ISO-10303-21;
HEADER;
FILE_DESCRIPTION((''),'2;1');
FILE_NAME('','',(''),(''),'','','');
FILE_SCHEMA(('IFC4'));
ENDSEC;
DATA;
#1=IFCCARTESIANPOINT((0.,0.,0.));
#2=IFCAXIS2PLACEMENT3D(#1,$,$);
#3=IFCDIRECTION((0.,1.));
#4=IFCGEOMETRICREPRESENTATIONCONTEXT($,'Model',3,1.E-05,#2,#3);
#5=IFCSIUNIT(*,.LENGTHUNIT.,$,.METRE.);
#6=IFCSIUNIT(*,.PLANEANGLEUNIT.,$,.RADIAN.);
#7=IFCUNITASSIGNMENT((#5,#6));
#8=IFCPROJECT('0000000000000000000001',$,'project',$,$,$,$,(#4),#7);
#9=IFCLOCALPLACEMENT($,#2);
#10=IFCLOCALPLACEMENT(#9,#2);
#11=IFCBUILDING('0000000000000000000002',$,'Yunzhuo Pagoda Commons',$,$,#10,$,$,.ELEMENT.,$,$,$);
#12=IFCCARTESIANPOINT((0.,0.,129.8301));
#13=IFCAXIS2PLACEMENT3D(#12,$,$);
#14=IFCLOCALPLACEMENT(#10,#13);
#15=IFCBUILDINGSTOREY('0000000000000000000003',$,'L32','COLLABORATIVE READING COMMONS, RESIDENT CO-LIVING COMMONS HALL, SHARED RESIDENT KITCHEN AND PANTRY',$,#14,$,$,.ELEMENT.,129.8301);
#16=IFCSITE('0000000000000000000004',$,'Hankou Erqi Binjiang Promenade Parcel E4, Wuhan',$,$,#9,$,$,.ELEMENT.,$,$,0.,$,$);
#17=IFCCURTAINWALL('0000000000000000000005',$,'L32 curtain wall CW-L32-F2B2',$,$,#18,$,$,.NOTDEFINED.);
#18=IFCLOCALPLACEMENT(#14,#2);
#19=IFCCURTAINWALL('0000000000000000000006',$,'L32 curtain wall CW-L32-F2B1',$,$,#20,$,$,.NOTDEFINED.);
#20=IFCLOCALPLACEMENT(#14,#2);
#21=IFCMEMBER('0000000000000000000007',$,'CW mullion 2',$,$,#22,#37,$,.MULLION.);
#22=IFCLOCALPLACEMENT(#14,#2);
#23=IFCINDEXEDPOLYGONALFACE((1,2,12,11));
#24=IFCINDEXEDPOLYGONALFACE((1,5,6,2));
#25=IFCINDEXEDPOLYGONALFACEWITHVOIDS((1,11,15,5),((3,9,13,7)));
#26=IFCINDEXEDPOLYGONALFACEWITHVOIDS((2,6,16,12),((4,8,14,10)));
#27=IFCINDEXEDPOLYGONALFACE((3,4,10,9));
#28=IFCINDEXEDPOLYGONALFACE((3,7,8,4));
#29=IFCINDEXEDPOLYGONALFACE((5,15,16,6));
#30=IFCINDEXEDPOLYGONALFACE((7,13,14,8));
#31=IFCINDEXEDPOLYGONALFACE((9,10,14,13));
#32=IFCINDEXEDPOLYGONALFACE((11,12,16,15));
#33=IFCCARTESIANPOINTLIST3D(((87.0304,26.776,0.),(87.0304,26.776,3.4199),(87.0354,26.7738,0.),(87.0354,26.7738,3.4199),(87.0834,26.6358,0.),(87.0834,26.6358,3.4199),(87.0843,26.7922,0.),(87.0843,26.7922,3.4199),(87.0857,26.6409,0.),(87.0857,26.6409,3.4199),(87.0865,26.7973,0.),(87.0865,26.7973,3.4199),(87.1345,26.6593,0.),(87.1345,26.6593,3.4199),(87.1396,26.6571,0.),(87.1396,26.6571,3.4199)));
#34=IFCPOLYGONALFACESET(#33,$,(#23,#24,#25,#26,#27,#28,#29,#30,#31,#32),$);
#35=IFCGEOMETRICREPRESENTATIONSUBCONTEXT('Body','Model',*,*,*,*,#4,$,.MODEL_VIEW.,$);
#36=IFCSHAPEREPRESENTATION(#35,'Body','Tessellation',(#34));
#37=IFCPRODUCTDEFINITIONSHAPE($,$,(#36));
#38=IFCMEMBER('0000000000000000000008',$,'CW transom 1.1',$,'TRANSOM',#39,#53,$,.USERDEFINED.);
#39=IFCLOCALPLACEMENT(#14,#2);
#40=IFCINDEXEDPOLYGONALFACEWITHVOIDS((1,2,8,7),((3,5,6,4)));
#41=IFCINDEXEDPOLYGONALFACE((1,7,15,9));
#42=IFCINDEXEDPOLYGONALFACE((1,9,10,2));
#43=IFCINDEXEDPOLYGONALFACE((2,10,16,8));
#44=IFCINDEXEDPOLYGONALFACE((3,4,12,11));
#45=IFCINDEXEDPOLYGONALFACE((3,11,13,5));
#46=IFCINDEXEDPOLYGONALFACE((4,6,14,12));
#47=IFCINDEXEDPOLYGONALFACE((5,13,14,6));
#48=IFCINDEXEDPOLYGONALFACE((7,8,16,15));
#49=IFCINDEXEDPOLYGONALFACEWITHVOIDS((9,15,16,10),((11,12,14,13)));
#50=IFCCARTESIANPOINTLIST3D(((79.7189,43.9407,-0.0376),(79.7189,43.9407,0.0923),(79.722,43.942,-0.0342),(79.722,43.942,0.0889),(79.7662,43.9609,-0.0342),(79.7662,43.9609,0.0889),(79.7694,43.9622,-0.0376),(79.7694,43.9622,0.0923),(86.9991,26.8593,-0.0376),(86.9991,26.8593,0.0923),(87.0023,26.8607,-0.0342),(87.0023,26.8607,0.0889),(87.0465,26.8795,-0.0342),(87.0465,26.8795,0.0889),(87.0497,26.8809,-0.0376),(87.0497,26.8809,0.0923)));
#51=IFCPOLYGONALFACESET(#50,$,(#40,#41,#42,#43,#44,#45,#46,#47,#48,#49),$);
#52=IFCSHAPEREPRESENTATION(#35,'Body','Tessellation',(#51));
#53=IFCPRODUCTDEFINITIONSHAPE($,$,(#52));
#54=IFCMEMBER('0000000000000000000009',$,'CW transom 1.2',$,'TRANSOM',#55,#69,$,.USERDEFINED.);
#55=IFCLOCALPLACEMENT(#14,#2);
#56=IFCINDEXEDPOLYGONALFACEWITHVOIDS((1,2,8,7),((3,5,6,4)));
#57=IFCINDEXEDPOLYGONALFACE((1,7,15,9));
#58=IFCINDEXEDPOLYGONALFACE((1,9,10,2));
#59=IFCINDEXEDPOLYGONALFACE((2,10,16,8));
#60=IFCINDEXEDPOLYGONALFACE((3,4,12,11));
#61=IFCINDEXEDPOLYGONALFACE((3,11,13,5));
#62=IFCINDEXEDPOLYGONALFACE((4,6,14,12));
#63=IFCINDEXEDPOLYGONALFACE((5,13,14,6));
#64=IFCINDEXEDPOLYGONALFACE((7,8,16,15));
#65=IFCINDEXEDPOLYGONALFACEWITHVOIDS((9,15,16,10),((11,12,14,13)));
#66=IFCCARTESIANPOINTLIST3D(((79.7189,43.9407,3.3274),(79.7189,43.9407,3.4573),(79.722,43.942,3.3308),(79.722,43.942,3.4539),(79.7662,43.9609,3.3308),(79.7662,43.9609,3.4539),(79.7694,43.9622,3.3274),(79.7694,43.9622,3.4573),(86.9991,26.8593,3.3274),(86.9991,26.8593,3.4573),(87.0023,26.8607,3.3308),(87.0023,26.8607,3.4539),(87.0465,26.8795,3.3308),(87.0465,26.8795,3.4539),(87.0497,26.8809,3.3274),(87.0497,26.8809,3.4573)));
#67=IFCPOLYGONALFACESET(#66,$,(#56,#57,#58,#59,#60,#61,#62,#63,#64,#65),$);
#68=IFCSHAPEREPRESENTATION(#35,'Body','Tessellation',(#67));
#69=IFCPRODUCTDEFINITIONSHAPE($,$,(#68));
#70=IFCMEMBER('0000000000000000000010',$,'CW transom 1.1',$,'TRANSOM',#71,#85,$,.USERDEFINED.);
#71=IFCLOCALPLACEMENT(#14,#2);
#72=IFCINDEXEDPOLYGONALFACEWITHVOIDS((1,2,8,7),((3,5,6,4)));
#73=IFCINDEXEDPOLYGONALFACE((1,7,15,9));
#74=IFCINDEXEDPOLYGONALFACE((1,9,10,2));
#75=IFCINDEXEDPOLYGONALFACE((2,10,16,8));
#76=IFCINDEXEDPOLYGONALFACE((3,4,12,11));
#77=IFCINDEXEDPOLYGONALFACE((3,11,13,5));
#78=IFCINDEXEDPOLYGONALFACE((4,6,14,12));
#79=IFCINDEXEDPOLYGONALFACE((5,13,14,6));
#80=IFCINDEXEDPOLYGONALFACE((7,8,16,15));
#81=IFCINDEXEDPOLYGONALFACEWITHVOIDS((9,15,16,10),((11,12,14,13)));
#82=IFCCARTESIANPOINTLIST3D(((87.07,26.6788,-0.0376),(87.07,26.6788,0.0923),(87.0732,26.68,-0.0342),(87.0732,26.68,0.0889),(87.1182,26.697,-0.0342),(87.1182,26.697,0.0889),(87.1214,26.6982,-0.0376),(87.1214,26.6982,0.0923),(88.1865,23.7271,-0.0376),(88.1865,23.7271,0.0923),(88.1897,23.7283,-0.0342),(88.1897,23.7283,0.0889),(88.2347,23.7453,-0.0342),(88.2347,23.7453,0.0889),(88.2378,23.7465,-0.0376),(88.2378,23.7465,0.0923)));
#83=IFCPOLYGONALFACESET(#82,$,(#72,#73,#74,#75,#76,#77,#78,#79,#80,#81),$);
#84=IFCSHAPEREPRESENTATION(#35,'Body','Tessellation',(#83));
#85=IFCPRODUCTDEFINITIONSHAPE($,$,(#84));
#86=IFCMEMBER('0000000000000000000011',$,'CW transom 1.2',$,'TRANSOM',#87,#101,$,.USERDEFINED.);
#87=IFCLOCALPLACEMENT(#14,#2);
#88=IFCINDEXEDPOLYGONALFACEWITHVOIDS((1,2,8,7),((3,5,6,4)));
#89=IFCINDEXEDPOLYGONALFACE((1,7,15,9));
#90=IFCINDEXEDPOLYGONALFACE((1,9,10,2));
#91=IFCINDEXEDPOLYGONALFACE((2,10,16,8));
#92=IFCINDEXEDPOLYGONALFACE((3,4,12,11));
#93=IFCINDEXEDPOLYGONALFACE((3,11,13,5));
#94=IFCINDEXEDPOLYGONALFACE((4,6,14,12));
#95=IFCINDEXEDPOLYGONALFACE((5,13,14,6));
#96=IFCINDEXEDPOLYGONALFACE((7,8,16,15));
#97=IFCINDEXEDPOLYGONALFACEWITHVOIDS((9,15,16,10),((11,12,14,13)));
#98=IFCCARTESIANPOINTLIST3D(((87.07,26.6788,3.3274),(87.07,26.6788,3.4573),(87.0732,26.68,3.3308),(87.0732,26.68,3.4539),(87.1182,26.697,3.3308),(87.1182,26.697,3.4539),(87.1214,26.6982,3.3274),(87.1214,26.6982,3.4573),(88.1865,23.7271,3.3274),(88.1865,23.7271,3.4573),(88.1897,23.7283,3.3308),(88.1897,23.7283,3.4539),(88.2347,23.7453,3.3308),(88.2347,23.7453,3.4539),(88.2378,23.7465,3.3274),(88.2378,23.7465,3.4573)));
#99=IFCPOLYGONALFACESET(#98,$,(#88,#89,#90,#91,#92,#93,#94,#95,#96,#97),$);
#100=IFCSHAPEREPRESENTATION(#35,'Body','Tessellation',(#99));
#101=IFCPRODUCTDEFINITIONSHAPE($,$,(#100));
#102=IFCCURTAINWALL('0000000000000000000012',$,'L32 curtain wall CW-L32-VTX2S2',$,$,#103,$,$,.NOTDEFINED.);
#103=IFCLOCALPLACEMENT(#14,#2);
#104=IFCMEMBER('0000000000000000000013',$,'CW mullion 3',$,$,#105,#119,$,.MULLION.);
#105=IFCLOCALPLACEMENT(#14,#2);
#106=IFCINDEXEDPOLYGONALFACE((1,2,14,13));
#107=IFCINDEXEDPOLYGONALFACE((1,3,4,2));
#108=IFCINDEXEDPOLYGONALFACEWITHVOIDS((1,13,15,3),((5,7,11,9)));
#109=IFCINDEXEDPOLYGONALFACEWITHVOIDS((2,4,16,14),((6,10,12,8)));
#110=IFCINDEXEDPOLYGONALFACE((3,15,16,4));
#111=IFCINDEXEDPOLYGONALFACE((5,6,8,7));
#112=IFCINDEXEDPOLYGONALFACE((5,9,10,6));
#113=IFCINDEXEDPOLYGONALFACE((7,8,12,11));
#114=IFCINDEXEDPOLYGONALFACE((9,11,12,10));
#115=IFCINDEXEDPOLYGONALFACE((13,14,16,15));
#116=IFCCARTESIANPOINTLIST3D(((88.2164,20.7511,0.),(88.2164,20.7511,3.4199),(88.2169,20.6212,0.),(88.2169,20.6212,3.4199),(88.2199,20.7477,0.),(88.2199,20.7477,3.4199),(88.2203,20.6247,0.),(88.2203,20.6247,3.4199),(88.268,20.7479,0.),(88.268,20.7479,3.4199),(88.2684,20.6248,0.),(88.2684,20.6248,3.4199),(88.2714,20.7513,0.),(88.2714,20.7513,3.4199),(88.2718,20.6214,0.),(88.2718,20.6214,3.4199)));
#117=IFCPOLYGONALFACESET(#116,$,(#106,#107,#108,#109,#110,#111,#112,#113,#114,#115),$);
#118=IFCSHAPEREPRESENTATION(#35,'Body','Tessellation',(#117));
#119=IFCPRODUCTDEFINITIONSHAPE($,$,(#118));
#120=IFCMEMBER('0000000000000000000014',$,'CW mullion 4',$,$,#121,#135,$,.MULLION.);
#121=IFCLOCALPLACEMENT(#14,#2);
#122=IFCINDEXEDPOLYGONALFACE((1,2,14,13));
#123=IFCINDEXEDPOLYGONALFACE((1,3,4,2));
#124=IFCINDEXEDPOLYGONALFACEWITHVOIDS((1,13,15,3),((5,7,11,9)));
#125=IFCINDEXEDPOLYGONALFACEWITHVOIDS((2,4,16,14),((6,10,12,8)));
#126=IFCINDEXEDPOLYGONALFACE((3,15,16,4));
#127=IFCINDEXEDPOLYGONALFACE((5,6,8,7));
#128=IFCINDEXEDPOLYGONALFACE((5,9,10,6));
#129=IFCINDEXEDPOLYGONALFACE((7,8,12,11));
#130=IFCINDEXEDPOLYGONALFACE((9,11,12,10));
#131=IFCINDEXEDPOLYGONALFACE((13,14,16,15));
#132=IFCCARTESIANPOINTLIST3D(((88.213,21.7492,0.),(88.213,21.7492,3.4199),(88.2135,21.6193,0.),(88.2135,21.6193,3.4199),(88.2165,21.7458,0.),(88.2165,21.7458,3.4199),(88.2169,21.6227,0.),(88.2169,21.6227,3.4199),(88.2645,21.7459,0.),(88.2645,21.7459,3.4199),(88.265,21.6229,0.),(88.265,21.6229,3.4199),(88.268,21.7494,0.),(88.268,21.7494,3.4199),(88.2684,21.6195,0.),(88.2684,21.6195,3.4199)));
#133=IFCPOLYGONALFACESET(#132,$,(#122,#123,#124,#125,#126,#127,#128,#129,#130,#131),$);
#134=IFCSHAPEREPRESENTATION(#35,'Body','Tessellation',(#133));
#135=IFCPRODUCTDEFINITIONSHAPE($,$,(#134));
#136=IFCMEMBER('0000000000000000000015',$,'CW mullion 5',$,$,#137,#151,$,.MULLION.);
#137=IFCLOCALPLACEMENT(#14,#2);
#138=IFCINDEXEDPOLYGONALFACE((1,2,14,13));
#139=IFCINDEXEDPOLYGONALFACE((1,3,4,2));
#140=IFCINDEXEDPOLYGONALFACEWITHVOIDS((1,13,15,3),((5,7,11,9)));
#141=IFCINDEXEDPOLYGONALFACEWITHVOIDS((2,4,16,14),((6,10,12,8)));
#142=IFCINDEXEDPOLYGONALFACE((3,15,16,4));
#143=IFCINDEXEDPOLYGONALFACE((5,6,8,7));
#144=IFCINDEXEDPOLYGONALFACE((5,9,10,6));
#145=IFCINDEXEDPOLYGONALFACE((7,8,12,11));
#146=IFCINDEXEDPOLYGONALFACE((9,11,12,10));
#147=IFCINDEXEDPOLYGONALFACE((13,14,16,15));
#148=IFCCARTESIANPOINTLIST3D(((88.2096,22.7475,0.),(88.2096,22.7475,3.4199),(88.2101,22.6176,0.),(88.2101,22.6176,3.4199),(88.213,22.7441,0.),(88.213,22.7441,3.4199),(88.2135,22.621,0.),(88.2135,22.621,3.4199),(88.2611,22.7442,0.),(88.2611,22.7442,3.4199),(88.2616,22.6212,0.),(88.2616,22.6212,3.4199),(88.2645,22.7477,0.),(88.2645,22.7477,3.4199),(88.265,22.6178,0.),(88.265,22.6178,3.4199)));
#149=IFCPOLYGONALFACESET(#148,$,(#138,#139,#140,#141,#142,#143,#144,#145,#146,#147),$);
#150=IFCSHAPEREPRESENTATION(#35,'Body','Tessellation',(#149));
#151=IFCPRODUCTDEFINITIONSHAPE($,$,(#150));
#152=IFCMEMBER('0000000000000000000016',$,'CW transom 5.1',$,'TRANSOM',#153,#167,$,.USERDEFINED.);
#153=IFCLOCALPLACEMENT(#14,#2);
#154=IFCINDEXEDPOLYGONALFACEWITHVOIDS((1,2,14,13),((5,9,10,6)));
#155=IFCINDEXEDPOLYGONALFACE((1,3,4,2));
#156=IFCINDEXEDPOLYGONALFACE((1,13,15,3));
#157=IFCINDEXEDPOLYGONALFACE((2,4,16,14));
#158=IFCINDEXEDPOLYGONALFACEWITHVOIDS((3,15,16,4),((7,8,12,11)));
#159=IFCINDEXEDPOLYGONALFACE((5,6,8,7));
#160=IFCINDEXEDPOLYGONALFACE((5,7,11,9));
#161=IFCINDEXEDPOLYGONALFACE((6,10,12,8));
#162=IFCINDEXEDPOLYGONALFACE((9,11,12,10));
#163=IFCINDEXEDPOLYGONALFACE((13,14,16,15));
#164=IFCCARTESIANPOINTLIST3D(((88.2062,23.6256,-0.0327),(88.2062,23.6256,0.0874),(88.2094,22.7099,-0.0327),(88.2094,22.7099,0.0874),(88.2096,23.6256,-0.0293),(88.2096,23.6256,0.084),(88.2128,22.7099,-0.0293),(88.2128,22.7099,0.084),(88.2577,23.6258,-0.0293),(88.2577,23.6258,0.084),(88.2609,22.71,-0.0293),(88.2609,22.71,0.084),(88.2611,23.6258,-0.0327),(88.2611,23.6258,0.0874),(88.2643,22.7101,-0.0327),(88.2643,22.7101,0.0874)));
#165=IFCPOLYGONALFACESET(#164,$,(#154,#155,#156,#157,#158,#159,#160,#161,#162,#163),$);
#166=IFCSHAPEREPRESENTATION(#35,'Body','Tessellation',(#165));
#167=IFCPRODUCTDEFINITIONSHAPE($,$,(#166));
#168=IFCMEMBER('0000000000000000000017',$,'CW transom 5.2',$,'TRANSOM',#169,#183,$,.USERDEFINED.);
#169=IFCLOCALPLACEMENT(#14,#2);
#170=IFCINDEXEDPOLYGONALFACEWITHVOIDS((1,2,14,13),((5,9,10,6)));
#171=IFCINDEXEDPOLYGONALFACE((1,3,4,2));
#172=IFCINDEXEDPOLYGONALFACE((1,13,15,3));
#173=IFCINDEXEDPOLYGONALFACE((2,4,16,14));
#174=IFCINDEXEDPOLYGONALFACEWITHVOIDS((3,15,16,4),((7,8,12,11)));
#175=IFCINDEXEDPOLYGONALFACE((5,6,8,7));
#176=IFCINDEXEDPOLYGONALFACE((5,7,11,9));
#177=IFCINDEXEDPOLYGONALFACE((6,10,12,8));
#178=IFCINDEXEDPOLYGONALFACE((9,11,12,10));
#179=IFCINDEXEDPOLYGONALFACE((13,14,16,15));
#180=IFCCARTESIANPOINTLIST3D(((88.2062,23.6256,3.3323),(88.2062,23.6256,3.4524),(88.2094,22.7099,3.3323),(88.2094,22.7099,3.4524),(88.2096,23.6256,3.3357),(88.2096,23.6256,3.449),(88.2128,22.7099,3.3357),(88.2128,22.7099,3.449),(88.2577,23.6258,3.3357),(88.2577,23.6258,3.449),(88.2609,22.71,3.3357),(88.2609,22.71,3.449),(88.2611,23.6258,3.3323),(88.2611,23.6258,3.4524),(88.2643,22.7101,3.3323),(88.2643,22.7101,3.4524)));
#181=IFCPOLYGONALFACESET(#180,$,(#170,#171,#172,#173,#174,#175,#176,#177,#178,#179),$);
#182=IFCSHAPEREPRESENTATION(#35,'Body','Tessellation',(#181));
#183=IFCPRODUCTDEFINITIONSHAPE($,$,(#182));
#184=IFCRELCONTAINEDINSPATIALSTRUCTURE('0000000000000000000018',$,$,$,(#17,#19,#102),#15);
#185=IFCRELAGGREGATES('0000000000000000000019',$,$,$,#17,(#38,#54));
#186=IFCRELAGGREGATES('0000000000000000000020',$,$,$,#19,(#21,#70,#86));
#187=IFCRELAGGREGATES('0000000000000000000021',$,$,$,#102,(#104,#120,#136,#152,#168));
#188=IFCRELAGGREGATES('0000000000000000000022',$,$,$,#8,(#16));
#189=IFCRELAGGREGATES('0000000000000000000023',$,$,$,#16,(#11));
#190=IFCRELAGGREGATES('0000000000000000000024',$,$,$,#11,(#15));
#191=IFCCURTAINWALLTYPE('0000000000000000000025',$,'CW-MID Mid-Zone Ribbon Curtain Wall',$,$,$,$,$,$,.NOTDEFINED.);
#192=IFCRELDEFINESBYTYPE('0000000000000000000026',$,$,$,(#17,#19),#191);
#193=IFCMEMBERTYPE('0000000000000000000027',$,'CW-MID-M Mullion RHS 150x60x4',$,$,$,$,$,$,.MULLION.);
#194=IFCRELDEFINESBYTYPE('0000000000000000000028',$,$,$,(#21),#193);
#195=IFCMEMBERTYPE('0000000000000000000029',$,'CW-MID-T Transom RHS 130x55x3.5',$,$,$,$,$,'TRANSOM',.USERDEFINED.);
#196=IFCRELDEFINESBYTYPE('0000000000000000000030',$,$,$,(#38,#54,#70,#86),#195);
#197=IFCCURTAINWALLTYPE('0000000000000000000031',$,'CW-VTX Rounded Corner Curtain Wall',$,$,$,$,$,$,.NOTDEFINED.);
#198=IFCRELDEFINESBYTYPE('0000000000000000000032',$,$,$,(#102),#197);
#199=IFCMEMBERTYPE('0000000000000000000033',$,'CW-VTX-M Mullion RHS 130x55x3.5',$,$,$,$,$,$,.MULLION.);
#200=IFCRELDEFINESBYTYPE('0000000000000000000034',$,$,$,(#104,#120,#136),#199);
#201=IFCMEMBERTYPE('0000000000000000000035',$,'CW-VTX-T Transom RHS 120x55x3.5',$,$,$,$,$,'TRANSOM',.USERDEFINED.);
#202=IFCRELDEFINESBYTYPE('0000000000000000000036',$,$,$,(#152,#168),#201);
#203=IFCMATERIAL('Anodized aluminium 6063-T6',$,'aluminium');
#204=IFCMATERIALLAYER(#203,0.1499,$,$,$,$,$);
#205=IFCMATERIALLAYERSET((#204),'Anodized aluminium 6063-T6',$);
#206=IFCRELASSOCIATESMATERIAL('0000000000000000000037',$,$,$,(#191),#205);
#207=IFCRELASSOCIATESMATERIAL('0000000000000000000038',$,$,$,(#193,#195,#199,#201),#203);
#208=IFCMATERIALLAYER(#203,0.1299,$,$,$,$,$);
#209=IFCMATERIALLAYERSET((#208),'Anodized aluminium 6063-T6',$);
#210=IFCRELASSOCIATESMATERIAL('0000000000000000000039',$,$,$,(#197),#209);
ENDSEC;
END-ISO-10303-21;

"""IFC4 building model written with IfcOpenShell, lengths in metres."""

from ifc_helpers import new_model, si_unit, direction, frame, origin, origin_2d, place, context, subcontext, project, spatial, hollow_rectangle, extrude, source, transform, mapped, material, layer, layer_set, material_profile, profile_set, type_object, element, aggregate, save


model = new_model("IFC4")

# Units and contexts
model_context = context("Model", 3, precision=1e-05, world=origin(), true_north=direction((0.0, 1.0)))
body_context = subcontext(model_context, "Body", "Model", "MODEL_VIEW")
ifc_project = project(units=[si_unit("LENGTHUNIT", "METRE"), si_unit("PLANEANGLEUNIT", "RADIAN")], contexts=[model_context])

# Site, building, storey
site_placement = place(None, origin())
site = spatial("IfcSite", under=ifc_project, at=site_placement, Name="Hankou Erqi Binjiang Promenade Parcel E4, Wuhan", CompositionType="ELEMENT", RefElevation=0.0)
building_placement = place(site_placement, origin())
building = spatial("IfcBuilding", under=site, at=building_placement, Name="Yunzhuo Pagoda Commons", CompositionType="ELEMENT")
storey_placement = place(building_placement, frame((0.0, 0.0, 129.8301)))
storey = spatial("IfcBuildingStorey", under=building, at=storey_placement, Name="L32", Description="COLLABORATIVE READING COMMONS, RESIDENT CO-LIVING COMMONS HALL, SHARED RESIDENT KITCHEN AND PANTRY", CompositionType="ELEMENT", Elevation=129.8301)

# Curtain wall
ifc_material_1 = material(Name="Anodized aluminium 6063-T6", Category="aluminium")
ifc_layer_1 = layer(ifc_material_1, 0.1499)
ifc_layer_set_1 = layer_set([ifc_layer_1], Name="Anodized aluminium 6063-T6")
curtain_wall_type_1 = type_object("IfcCurtainWallType", Name="CW-MID Mid-Zone Ribbon Curtain Wall", PredefinedType="NOTDEFINED", material=ifc_layer_set_1)
curtain_wall_1_placement = place(storey_placement, origin())
curtain_wall_1 = element("IfcCurtainWall", 1, at=curtain_wall_1_placement, inside=storey, type_object=curtain_wall_type_1, Name="L32 curtain wall CW-L32-F2B2", PredefinedType="NOTDEFINED")
ifc_material_profile_1 = material_profile(ifc_material_1, hollow_rectangle(XDim=0.0601, YDim=0.1499, WallThickness=0.0039, at=origin_2d()), Name="Anodized aluminium 6063-T6")
ifc_profile_set_1 = profile_set([ifc_material_profile_1], Name="Anodized aluminium 6063-T6")
member_type_1 = type_object("IfcMemberType", Name="CW-MID-M Mullion RHS 150x60x4", PredefinedType="MULLION", material=ifc_profile_set_1)
shared_shape_1 = source(origin(), body_context, "Body", "SweptSolid", [
    extrude(hollow_rectangle(XDim=0.0601, YDim=0.1499, WallThickness=0.0039, at=origin_2d()), origin(), (0.0, 0.0, 1.0), 3.4199),
])

# Curtain wall, member
curtain_wall_2_placement = place(storey_placement, origin())
curtain_wall_2 = element("IfcCurtainWall", 2, at=curtain_wall_2_placement, inside=storey, type_object=curtain_wall_type_1, Name="L32 curtain wall CW-L32-F2B1", PredefinedType="NOTDEFINED")
member_1_placement = place(storey_placement, frame((87.085, 26.7166, 0.0), z_axis=(0.0, 0.0, 1.0), x_axis=(-0.935322, -0.353798, 0.0)))
member_1 = element("IfcMember", 3, at=member_1_placement, type_object=member_type_1, Name="CW mullion 2", PredefinedType="MULLION", context=body_context, shape_type="MappedRepresentation", body=[
    mapped(shared_shape_1, transform((0.0, 0.0, 0.0), scale=1.0)),
])

# Members
ifc_material_profile_2 = material_profile(ifc_material_1, hollow_rectangle(XDim=0.0549, YDim=0.1299, WallThickness=0.0034, at=origin_2d()), Name="Anodized aluminium 6063-T6")
ifc_profile_set_2 = profile_set([ifc_material_profile_2], Name="Anodized aluminium 6063-T6")
member_type_2 = type_object("IfcMemberType", Name="CW-MID-T Transom RHS 130x55x3.5", ElementType="TRANSOM", PredefinedType="USERDEFINED", material=ifc_profile_set_2)
shared_shape_2 = source(origin(), body_context, "Body", "SweptSolid", [
    extrude(hollow_rectangle(XDim=0.0549, YDim=0.1299, WallThickness=0.0034, at=origin_2d()), origin(), (0.0, 0.0, 1.0), 18.5681),
])
member_2_placement = place(storey_placement, frame((87.0244, 26.8701, 0.0273), z_axis=(-0.392086, 0.919929, 0.0), x_axis=(-0.919929, -0.392086, 0.0)))
member_2 = element("IfcMember", 4, at=member_2_placement, type_object=member_type_2, Name="CW transom 1.1", ObjectType="TRANSOM", PredefinedType="USERDEFINED", context=body_context, shape_type="MappedRepresentation", body=[
    mapped(shared_shape_2, transform((0.0, 0.0, 0.0), scale=1.0)),
])
member_3_placement = place(storey_placement, frame((87.0244, 26.8701, 3.3923), z_axis=(-0.392086, 0.919929, 0.0), x_axis=(-0.919929, -0.392086, 0.0)))
member_3 = element("IfcMember", 5, at=member_3_placement, type_object=member_type_2, Name="CW transom 1.2", ObjectType="TRANSOM", PredefinedType="USERDEFINED", context=body_context, shape_type="MappedRepresentation", body=[
    mapped(shared_shape_2, transform((0.0, 0.0, 0.0), scale=1.0)),
])
shared_shape_3 = source(origin(), body_context, "Body", "SweptSolid", [
    extrude(hollow_rectangle(XDim=0.0549, YDim=0.1299, WallThickness=0.0034, at=origin_2d()), origin(), (0.0, 0.0, 1.0), 3.1558),
])
member_4_placement = place(storey_placement, frame((88.2122, 23.7368, 0.0273), z_axis=(-0.353784, 0.935327, 0.0), x_axis=(-0.935327, -0.353784, 0.0)))
member_4 = element("IfcMember", 6, at=member_4_placement, type_object=member_type_2, Name="CW transom 1.1", ObjectType="TRANSOM", PredefinedType="USERDEFINED", context=body_context, shape_type="MappedRepresentation", body=[
    mapped(shared_shape_3, transform((0.0, 0.0, 0.0), scale=1.0)),
])
member_5_placement = place(storey_placement, frame((88.2122, 23.7368, 3.3923), z_axis=(-0.353784, 0.935327, 0.0), x_axis=(-0.935327, -0.353784, 0.0)))
member_5 = element("IfcMember", 7, at=member_5_placement, type_object=member_type_2, Name="CW transom 1.2", ObjectType="TRANSOM", PredefinedType="USERDEFINED", context=body_context, shape_type="MappedRepresentation", body=[
    mapped(shared_shape_3, transform((0.0, 0.0, 0.0), scale=1.0)),
])

# Curtain wall, members
ifc_layer_2 = layer(ifc_material_1, 0.1299)
ifc_layer_set_2 = layer_set([ifc_layer_2], Name="Anodized aluminium 6063-T6")
curtain_wall_type_2 = type_object("IfcCurtainWallType", Name="CW-VTX Rounded Corner Curtain Wall", PredefinedType="NOTDEFINED", material=ifc_layer_set_2)
curtain_wall_3_placement = place(storey_placement, origin())
curtain_wall_3 = element("IfcCurtainWall", 8, at=curtain_wall_3_placement, inside=storey, type_object=curtain_wall_type_2, Name="L32 curtain wall CW-L32-VTX2S2", PredefinedType="NOTDEFINED")
ifc_material_profile_3 = material_profile(ifc_material_1, hollow_rectangle(XDim=0.0549, YDim=0.1299, WallThickness=0.0034, at=origin_2d()), Name="Anodized aluminium 6063-T6")
ifc_profile_set_3 = profile_set([ifc_material_profile_3], Name="Anodized aluminium 6063-T6")
member_type_3 = type_object("IfcMemberType", Name="CW-VTX-M Mullion RHS 130x55x3.5", PredefinedType="MULLION", material=ifc_profile_set_3)
shared_shape_4 = source(origin(), body_context, "Body", "SweptSolid", [
    extrude(hollow_rectangle(XDim=0.0549, YDim=0.1299, WallThickness=0.0034, at=origin_2d()), origin(), (0.0, 0.0, 1.0), 3.4199),
])
member_6_placement = place(storey_placement, frame((88.2441, 20.6863, 0.0), z_axis=(0.0, 0.0, 1.0), x_axis=(-0.999994, -0.003587, 0.0)))
member_6 = element("IfcMember", 9, at=member_6_placement, type_object=member_type_3, Name="CW mullion 3", PredefinedType="MULLION", context=body_context, shape_type="MappedRepresentation", body=[
    mapped(shared_shape_4, transform((0.0, 0.0, 0.0), scale=1.0)),
])
member_7_placement = place(storey_placement, frame((88.2407, 21.6843, 0.0), z_axis=(0.0, 0.0, 1.0), x_axis=(-0.999994, -0.003587, 0.0)))
member_7 = element("IfcMember", 10, at=member_7_placement, type_object=member_type_3, Name="CW mullion 4", PredefinedType="MULLION", context=body_context, shape_type="MappedRepresentation", body=[
    mapped(shared_shape_4, transform((0.0, 0.0, 0.0), scale=1.0)),
])
member_8_placement = place(storey_placement, frame((88.2373, 22.6826, 0.0), z_axis=(0.0, 0.0, 1.0), x_axis=(-0.999994, -0.003587, 0.0)))
member_8 = element("IfcMember", 11, at=member_8_placement, type_object=member_type_3, Name="CW mullion 5", PredefinedType="MULLION", context=body_context, shape_type="MappedRepresentation", body=[
    mapped(shared_shape_4, transform((0.0, 0.0, 0.0), scale=1.0)),
])
ifc_material_profile_4 = material_profile(ifc_material_1, hollow_rectangle(XDim=0.0549, YDim=0.1201, WallThickness=0.0034, at=origin_2d()), Name="Anodized aluminium 6063-T6")
ifc_profile_set_4 = profile_set([ifc_material_profile_4], Name="Anodized aluminium 6063-T6")
member_type_4 = type_object("IfcMemberType", Name="CW-VTX-T Transom RHS 120x55x3.5", ElementType="TRANSOM", PredefinedType="USERDEFINED", material=ifc_profile_set_4)
shared_shape_5 = source(origin(), body_context, "Body", "SweptSolid", [
    extrude(hollow_rectangle(XDim=0.0549, YDim=0.1201, WallThickness=0.0034, at=origin_2d()), origin(), (0.0, 0.0, 1.0), 0.9158),
])
member_9_placement = place(storey_placement, frame((88.2368, 22.71, 0.0273), z_axis=(-0.003466, 0.999994, 0.0), x_axis=(-0.999994, -0.003466, 0.0)))
member_9 = element("IfcMember", 12, at=member_9_placement, type_object=member_type_4, Name="CW transom 5.1", ObjectType="TRANSOM", PredefinedType="USERDEFINED", context=body_context, shape_type="MappedRepresentation", body=[
    mapped(shared_shape_5, transform((0.0, 0.0, 0.0), scale=1.0)),
])
member_10_placement = place(storey_placement, frame((88.2368, 22.71, 3.3923), z_axis=(-0.003466, 0.999994, 0.0), x_axis=(-0.999994, -0.003466, 0.0)))
member_10 = element("IfcMember", 13, at=member_10_placement, type_object=member_type_4, Name="CW transom 5.2", ObjectType="TRANSOM", PredefinedType="USERDEFINED", context=body_context, shape_type="MappedRepresentation", body=[
    mapped(shared_shape_5, transform((0.0, 0.0, 0.0), scale=1.0)),
])

aggregate(curtain_wall_1, [member_2, member_3])
aggregate(curtain_wall_2, [member_1, member_4, member_5])
aggregate(curtain_wall_3, [member_6, member_7, member_8, member_9, member_10])

save(model, "model.ifc")
